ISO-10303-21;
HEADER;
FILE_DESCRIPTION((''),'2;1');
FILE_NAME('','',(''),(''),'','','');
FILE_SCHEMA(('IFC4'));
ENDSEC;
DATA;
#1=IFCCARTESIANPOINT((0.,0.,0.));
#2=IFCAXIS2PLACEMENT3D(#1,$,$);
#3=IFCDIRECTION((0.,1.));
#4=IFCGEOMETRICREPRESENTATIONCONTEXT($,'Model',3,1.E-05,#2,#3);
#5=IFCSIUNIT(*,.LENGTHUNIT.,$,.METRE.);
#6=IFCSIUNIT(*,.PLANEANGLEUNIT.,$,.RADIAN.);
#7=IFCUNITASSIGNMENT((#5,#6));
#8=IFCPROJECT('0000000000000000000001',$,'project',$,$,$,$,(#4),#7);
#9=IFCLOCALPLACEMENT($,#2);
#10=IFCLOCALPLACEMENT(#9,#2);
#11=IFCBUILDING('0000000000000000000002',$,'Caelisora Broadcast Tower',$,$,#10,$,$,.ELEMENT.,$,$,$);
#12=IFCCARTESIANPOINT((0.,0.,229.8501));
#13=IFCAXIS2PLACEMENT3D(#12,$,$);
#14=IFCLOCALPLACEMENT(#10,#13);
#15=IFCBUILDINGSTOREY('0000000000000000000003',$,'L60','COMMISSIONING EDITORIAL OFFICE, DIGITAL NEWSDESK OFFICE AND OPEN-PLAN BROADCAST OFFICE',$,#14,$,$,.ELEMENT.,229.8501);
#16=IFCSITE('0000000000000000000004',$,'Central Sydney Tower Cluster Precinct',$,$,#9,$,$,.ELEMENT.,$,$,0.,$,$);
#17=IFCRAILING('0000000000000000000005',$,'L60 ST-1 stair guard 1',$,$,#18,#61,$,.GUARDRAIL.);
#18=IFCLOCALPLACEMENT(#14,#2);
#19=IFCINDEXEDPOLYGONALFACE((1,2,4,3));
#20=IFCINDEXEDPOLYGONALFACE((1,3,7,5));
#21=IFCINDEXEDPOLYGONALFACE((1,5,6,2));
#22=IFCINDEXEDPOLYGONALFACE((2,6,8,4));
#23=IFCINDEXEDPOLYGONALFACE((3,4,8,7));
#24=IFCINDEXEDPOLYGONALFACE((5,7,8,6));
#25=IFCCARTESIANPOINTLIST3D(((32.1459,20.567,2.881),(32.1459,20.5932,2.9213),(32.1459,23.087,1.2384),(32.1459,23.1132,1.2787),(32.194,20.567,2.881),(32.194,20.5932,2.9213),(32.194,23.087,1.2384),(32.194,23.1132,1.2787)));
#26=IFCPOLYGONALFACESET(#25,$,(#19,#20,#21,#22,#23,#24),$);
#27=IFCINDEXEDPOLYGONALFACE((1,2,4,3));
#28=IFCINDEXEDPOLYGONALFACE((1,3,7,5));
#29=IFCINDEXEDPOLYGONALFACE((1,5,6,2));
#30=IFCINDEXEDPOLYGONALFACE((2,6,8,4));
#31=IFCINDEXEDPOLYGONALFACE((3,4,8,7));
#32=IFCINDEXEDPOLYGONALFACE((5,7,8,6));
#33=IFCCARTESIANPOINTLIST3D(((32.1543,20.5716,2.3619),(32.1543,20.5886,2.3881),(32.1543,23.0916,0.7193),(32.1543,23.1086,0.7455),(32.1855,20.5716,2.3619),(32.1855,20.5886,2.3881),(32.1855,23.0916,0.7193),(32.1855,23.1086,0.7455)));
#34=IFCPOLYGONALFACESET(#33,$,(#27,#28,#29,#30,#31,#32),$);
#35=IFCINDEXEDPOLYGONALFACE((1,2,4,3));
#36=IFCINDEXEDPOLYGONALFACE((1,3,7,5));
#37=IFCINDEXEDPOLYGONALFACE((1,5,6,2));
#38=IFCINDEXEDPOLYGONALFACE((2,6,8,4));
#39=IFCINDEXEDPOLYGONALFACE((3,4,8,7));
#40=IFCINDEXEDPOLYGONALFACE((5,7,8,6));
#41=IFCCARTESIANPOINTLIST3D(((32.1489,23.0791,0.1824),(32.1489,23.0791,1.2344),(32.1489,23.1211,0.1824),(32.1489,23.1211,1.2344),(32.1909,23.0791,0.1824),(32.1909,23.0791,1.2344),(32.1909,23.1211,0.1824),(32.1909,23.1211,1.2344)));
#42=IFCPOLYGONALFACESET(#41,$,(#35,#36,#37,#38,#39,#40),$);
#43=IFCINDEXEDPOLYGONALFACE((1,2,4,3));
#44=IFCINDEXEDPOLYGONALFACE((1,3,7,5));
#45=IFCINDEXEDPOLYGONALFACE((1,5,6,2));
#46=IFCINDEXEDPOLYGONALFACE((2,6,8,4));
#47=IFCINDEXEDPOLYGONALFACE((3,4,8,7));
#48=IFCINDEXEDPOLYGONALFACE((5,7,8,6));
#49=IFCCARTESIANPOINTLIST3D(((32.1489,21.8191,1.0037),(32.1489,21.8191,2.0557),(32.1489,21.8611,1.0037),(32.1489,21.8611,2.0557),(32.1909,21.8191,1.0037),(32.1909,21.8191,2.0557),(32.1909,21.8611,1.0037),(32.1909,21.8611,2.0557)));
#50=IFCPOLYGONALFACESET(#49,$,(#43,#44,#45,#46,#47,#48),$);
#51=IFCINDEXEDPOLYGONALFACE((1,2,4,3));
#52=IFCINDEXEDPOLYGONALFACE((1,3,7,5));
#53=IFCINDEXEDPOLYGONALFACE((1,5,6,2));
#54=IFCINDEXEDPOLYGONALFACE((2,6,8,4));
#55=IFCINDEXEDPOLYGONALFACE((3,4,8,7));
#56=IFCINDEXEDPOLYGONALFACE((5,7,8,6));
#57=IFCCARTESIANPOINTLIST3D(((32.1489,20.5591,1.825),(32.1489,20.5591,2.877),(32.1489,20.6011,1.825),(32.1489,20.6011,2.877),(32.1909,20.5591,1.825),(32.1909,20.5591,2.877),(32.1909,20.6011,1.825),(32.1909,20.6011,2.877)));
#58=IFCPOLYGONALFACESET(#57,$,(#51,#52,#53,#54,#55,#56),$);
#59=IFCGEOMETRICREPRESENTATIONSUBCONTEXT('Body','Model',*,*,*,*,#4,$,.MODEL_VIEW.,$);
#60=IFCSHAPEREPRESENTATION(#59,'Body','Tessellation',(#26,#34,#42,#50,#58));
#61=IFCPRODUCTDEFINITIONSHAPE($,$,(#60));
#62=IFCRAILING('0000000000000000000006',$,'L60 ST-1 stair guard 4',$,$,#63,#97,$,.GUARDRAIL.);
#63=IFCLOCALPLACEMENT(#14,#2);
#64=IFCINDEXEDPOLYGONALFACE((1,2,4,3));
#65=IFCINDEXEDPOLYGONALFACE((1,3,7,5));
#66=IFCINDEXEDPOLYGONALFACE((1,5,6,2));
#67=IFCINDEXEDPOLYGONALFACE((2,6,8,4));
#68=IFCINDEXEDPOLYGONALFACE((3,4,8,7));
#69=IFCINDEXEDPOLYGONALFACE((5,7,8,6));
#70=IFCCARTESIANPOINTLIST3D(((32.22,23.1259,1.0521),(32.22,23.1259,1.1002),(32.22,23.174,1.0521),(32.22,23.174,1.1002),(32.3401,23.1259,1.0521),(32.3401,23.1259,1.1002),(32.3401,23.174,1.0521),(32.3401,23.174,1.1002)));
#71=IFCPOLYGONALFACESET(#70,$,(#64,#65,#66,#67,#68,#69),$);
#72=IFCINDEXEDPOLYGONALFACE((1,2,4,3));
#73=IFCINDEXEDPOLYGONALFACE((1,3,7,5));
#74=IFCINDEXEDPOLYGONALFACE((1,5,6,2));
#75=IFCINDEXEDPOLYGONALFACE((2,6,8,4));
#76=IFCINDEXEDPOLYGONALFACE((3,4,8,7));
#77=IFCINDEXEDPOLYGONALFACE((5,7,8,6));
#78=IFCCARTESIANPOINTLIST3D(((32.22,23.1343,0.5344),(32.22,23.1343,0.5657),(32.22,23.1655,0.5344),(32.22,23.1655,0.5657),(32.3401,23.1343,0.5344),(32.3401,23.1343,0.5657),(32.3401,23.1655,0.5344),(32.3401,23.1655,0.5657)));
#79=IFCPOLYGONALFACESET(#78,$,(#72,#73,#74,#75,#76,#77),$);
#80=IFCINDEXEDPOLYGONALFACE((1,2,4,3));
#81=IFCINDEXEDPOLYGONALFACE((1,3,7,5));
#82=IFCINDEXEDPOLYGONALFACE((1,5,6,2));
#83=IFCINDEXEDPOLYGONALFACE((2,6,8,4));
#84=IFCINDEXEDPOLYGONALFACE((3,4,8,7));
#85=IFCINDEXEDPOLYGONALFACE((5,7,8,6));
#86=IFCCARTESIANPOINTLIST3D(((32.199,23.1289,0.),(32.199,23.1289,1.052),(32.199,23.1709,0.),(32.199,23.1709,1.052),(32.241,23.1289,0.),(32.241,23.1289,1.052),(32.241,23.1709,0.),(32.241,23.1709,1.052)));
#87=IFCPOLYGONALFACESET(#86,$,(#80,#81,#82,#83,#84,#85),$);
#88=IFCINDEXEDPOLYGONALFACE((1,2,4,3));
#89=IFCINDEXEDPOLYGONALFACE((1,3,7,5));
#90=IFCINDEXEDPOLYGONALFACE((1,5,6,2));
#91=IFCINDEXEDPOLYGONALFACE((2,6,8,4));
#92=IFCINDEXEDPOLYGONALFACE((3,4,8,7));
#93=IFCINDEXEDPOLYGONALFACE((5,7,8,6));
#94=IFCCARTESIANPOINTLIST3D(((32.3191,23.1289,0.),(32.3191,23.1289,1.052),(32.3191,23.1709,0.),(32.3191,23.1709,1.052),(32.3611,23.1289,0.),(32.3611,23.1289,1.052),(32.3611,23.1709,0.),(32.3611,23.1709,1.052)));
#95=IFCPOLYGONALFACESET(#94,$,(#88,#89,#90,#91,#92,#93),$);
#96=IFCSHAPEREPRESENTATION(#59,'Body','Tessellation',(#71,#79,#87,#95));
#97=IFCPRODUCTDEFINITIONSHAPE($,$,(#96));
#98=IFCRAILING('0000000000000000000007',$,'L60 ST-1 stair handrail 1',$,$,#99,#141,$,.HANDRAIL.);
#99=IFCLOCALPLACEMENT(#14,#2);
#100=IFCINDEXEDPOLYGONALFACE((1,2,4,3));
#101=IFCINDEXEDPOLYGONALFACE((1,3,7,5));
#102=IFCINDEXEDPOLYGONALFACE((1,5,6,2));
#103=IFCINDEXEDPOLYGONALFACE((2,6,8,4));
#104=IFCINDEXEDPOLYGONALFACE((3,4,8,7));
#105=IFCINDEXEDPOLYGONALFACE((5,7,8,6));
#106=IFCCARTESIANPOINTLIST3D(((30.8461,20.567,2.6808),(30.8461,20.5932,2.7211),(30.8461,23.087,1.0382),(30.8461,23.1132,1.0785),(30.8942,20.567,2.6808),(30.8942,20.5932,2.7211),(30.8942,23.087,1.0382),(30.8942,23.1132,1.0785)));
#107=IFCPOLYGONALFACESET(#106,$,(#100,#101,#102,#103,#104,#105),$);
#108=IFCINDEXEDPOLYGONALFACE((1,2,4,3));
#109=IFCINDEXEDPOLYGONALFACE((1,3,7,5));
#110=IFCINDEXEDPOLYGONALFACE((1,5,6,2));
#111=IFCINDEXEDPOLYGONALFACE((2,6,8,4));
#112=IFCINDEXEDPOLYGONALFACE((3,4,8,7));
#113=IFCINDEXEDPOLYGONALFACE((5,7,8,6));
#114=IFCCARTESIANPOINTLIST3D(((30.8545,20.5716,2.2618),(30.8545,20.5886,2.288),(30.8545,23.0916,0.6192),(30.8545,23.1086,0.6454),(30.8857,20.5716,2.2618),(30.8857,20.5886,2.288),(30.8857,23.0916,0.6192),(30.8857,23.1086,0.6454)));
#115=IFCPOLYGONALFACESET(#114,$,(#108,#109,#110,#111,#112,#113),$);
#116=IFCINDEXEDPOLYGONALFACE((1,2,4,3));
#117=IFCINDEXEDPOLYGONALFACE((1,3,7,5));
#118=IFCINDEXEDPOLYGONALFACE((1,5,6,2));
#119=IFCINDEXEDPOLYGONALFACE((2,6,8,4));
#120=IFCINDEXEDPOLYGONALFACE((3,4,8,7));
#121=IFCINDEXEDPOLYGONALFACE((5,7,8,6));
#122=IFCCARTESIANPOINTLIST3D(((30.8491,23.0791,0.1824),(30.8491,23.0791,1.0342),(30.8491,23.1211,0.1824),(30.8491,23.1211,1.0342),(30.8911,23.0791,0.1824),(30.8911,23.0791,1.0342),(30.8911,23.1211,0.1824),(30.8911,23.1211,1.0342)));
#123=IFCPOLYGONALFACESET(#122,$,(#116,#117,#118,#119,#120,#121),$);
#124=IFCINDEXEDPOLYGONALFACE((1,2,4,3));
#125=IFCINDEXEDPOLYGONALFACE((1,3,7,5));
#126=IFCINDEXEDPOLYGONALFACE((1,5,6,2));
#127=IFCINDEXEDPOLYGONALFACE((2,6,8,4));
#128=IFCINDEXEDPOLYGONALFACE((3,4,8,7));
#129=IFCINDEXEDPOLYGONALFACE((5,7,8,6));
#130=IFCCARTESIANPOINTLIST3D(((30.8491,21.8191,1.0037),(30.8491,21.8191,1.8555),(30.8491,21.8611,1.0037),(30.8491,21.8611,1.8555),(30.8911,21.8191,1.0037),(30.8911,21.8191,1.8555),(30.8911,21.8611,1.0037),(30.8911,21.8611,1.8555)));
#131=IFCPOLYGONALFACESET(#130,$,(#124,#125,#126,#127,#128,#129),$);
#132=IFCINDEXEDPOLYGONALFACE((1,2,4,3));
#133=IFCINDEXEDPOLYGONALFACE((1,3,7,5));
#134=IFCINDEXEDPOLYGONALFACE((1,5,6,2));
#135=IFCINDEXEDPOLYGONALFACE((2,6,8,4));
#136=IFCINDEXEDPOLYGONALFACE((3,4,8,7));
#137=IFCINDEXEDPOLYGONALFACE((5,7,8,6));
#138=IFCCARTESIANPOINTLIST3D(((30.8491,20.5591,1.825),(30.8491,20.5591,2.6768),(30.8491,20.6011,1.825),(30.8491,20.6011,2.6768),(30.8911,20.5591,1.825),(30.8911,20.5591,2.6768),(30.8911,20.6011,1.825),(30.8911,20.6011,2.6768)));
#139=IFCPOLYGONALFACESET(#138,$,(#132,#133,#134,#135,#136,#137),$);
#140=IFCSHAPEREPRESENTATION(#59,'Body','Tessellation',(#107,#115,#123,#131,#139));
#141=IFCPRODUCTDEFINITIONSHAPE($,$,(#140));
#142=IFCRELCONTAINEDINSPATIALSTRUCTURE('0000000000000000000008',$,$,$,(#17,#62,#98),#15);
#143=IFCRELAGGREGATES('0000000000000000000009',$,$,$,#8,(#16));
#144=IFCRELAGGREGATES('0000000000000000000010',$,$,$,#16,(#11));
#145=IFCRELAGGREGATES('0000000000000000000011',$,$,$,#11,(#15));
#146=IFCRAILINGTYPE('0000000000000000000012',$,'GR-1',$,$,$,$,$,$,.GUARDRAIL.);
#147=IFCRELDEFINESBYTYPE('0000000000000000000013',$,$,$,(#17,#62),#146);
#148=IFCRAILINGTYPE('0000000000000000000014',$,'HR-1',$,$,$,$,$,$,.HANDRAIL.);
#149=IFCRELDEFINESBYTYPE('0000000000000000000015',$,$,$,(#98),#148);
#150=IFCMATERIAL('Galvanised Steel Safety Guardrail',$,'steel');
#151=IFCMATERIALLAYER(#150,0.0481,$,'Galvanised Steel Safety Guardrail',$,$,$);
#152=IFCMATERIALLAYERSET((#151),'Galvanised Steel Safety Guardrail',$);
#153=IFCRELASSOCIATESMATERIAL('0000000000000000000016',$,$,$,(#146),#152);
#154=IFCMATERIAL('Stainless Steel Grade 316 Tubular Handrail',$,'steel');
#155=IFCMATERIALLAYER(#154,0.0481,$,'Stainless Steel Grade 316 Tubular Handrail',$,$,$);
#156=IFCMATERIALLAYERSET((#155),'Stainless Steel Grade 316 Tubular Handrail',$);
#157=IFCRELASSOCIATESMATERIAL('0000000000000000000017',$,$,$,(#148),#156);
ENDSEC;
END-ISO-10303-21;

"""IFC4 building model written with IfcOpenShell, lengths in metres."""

from ifc_helpers import new_model, si_unit, direction, frame, origin, origin_2d, place, context, subcontext, project, spatial, rectangle, extrude, material, layer, layer_set, type_object, element, save


model = new_model("IFC4")

# Units and contexts
model_context = context("Model", 3, precision=1e-05, world=origin(), true_north=direction((0.0, 1.0)))
body_context = subcontext(model_context, "Body", "Model", "MODEL_VIEW")
ifc_project = project(units=[si_unit("LENGTHUNIT", "METRE"), si_unit("PLANEANGLEUNIT", "RADIAN")], contexts=[model_context])

# Site, building, storey
site_placement = place(None, origin())
site = spatial("IfcSite", under=ifc_project, at=site_placement, Name="Central Sydney Tower Cluster Precinct", CompositionType="ELEMENT", RefElevation=0.0)
building_placement = place(site_placement, origin())
building = spatial("IfcBuilding", under=site, at=building_placement, Name="Caelisora Broadcast Tower", CompositionType="ELEMENT")
storey_placement = place(building_placement, frame((0.0, 0.0, 229.8501)))
storey = spatial("IfcBuildingStorey", under=building, at=storey_placement, Name="L60", Description="COMMISSIONING EDITORIAL OFFICE, DIGITAL NEWSDESK OFFICE AND OPEN-PLAN BROADCAST OFFICE", CompositionType="ELEMENT", Elevation=229.8501)

# Railings
ifc_material_1 = material(Name="Galvanised Steel Safety Guardrail", Category="steel")
ifc_layer_1 = layer(ifc_material_1, 0.0481, Name="Galvanised Steel Safety Guardrail")
ifc_layer_set_1 = layer_set([ifc_layer_1], Name="Galvanised Steel Safety Guardrail")
railing_type_1 = type_object("IfcRailingType", Name="GR-1", PredefinedType="GUARDRAIL", material=ifc_layer_set_1)
railing_1_placement = place(storey_placement, frame((32.1699, 23.1001, 0.1824)))
element("IfcRailing", 1, at=railing_1_placement, inside=storey, type_object=railing_type_1, Name="L60 ST-1 stair guard 1", PredefinedType="GUARDRAIL", context=body_context, shape_type="SweptSolid", body=[
    extrude(rectangle(XDim=0.0481, YDim=0.0481, at=origin_2d()), frame((0.0, 0.0, 1.0762), z_axis=(0.0, -0.837749, 0.546055), x_axis=(1.0, 0.0, 0.0)), (0.0, 0.0, 1.0), 3.0081),
    extrude(rectangle(XDim=0.0312, YDim=0.0312, at=origin_2d()), frame((0.0, 0.0, 0.55), z_axis=(0.0, -0.837749, 0.546055), x_axis=(1.0, 0.0, 0.0)), (0.0, 0.0, 1.0), 3.0081),
    extrude(rectangle(XDim=0.042, YDim=0.042, at=origin_2d()), origin(), (0.0, 0.0, 1.0), 1.052),
    extrude(rectangle(XDim=0.042, YDim=0.042, at=origin_2d()), frame((0.0, -1.26, 0.8213)), (0.0, 0.0, 1.0), 1.052),
    extrude(rectangle(XDim=0.042, YDim=0.042, at=origin_2d()), frame((0.0, -2.52, 1.6426)), (0.0, 0.0, 1.0), 1.052),
])
railing_2_placement = place(storey_placement, frame((32.22, 23.1499, 0.0)))
element("IfcRailing", 2, at=railing_2_placement, inside=storey, type_object=railing_type_1, Name="L60 ST-1 stair guard 4", PredefinedType="GUARDRAIL", context=body_context, shape_type="SweptSolid", body=[
    extrude(rectangle(XDim=0.0481, YDim=0.0481, at=origin_2d()), frame((0.0, 0.0, 1.0762), z_axis=(1.0, 0.0, 0.0), x_axis=(0.0, 1.0, 0.0)), (0.0, 0.0, 1.0), 0.1201),
    extrude(rectangle(XDim=0.0312, YDim=0.0312, at=origin_2d()), frame((0.0, 0.0, 0.55), z_axis=(1.0, 0.0, 0.0), x_axis=(0.0, 1.0, 0.0)), (0.0, 0.0, 1.0), 0.1201),
    extrude(rectangle(XDim=0.042, YDim=0.042, at=origin_2d()), origin(), (0.0, 0.0, 1.0), 1.052),
    extrude(rectangle(XDim=0.042, YDim=0.042, at=origin_2d()), frame((0.1201, 0.0, 0.0)), (0.0, 0.0, 1.0), 1.052),
])
ifc_material_2 = material(Name="Stainless Steel Grade 316 Tubular Handrail", Category="steel")
ifc_layer_2 = layer(ifc_material_2, 0.0481, Name="Stainless Steel Grade 316 Tubular Handrail")
ifc_layer_set_2 = layer_set([ifc_layer_2], Name="Stainless Steel Grade 316 Tubular Handrail")
railing_type_2 = type_object("IfcRailingType", Name="HR-1", PredefinedType="HANDRAIL", material=ifc_layer_set_2)
railing_3_placement = place(storey_placement, frame((30.8701, 23.1001, 0.1824)))
element("IfcRailing", 3, at=railing_3_placement, inside=storey, type_object=railing_type_2, Name="L60 ST-1 stair handrail 1", PredefinedType="HANDRAIL", context=body_context, shape_type="SweptSolid", body=[
    extrude(rectangle(XDim=0.0481, YDim=0.0481, at=origin_2d()), frame((0.0, 0.0, 0.876), z_axis=(0.0, -0.837749, 0.546055), x_axis=(1.0, 0.0, 0.0)), (0.0, 0.0, 1.0), 3.0081),
    extrude(rectangle(XDim=0.0312, YDim=0.0312, at=origin_2d()), frame((0.0, 0.0, 0.45), z_axis=(0.0, -0.837749, 0.546055), x_axis=(1.0, 0.0, 0.0)), (0.0, 0.0, 1.0), 3.0081),
    extrude(rectangle(XDim=0.042, YDim=0.042, at=origin_2d()), origin(), (0.0, 0.0, 1.0), 0.8518),
    extrude(rectangle(XDim=0.042, YDim=0.042, at=origin_2d()), frame((0.0, -1.26, 0.8213)), (0.0, 0.0, 1.0), 0.8518),
    extrude(rectangle(XDim=0.042, YDim=0.042, at=origin_2d()), frame((0.0, -2.52, 1.6426)), (0.0, 0.0, 1.0), 0.8518),
])

save(model, "model.ifc")
